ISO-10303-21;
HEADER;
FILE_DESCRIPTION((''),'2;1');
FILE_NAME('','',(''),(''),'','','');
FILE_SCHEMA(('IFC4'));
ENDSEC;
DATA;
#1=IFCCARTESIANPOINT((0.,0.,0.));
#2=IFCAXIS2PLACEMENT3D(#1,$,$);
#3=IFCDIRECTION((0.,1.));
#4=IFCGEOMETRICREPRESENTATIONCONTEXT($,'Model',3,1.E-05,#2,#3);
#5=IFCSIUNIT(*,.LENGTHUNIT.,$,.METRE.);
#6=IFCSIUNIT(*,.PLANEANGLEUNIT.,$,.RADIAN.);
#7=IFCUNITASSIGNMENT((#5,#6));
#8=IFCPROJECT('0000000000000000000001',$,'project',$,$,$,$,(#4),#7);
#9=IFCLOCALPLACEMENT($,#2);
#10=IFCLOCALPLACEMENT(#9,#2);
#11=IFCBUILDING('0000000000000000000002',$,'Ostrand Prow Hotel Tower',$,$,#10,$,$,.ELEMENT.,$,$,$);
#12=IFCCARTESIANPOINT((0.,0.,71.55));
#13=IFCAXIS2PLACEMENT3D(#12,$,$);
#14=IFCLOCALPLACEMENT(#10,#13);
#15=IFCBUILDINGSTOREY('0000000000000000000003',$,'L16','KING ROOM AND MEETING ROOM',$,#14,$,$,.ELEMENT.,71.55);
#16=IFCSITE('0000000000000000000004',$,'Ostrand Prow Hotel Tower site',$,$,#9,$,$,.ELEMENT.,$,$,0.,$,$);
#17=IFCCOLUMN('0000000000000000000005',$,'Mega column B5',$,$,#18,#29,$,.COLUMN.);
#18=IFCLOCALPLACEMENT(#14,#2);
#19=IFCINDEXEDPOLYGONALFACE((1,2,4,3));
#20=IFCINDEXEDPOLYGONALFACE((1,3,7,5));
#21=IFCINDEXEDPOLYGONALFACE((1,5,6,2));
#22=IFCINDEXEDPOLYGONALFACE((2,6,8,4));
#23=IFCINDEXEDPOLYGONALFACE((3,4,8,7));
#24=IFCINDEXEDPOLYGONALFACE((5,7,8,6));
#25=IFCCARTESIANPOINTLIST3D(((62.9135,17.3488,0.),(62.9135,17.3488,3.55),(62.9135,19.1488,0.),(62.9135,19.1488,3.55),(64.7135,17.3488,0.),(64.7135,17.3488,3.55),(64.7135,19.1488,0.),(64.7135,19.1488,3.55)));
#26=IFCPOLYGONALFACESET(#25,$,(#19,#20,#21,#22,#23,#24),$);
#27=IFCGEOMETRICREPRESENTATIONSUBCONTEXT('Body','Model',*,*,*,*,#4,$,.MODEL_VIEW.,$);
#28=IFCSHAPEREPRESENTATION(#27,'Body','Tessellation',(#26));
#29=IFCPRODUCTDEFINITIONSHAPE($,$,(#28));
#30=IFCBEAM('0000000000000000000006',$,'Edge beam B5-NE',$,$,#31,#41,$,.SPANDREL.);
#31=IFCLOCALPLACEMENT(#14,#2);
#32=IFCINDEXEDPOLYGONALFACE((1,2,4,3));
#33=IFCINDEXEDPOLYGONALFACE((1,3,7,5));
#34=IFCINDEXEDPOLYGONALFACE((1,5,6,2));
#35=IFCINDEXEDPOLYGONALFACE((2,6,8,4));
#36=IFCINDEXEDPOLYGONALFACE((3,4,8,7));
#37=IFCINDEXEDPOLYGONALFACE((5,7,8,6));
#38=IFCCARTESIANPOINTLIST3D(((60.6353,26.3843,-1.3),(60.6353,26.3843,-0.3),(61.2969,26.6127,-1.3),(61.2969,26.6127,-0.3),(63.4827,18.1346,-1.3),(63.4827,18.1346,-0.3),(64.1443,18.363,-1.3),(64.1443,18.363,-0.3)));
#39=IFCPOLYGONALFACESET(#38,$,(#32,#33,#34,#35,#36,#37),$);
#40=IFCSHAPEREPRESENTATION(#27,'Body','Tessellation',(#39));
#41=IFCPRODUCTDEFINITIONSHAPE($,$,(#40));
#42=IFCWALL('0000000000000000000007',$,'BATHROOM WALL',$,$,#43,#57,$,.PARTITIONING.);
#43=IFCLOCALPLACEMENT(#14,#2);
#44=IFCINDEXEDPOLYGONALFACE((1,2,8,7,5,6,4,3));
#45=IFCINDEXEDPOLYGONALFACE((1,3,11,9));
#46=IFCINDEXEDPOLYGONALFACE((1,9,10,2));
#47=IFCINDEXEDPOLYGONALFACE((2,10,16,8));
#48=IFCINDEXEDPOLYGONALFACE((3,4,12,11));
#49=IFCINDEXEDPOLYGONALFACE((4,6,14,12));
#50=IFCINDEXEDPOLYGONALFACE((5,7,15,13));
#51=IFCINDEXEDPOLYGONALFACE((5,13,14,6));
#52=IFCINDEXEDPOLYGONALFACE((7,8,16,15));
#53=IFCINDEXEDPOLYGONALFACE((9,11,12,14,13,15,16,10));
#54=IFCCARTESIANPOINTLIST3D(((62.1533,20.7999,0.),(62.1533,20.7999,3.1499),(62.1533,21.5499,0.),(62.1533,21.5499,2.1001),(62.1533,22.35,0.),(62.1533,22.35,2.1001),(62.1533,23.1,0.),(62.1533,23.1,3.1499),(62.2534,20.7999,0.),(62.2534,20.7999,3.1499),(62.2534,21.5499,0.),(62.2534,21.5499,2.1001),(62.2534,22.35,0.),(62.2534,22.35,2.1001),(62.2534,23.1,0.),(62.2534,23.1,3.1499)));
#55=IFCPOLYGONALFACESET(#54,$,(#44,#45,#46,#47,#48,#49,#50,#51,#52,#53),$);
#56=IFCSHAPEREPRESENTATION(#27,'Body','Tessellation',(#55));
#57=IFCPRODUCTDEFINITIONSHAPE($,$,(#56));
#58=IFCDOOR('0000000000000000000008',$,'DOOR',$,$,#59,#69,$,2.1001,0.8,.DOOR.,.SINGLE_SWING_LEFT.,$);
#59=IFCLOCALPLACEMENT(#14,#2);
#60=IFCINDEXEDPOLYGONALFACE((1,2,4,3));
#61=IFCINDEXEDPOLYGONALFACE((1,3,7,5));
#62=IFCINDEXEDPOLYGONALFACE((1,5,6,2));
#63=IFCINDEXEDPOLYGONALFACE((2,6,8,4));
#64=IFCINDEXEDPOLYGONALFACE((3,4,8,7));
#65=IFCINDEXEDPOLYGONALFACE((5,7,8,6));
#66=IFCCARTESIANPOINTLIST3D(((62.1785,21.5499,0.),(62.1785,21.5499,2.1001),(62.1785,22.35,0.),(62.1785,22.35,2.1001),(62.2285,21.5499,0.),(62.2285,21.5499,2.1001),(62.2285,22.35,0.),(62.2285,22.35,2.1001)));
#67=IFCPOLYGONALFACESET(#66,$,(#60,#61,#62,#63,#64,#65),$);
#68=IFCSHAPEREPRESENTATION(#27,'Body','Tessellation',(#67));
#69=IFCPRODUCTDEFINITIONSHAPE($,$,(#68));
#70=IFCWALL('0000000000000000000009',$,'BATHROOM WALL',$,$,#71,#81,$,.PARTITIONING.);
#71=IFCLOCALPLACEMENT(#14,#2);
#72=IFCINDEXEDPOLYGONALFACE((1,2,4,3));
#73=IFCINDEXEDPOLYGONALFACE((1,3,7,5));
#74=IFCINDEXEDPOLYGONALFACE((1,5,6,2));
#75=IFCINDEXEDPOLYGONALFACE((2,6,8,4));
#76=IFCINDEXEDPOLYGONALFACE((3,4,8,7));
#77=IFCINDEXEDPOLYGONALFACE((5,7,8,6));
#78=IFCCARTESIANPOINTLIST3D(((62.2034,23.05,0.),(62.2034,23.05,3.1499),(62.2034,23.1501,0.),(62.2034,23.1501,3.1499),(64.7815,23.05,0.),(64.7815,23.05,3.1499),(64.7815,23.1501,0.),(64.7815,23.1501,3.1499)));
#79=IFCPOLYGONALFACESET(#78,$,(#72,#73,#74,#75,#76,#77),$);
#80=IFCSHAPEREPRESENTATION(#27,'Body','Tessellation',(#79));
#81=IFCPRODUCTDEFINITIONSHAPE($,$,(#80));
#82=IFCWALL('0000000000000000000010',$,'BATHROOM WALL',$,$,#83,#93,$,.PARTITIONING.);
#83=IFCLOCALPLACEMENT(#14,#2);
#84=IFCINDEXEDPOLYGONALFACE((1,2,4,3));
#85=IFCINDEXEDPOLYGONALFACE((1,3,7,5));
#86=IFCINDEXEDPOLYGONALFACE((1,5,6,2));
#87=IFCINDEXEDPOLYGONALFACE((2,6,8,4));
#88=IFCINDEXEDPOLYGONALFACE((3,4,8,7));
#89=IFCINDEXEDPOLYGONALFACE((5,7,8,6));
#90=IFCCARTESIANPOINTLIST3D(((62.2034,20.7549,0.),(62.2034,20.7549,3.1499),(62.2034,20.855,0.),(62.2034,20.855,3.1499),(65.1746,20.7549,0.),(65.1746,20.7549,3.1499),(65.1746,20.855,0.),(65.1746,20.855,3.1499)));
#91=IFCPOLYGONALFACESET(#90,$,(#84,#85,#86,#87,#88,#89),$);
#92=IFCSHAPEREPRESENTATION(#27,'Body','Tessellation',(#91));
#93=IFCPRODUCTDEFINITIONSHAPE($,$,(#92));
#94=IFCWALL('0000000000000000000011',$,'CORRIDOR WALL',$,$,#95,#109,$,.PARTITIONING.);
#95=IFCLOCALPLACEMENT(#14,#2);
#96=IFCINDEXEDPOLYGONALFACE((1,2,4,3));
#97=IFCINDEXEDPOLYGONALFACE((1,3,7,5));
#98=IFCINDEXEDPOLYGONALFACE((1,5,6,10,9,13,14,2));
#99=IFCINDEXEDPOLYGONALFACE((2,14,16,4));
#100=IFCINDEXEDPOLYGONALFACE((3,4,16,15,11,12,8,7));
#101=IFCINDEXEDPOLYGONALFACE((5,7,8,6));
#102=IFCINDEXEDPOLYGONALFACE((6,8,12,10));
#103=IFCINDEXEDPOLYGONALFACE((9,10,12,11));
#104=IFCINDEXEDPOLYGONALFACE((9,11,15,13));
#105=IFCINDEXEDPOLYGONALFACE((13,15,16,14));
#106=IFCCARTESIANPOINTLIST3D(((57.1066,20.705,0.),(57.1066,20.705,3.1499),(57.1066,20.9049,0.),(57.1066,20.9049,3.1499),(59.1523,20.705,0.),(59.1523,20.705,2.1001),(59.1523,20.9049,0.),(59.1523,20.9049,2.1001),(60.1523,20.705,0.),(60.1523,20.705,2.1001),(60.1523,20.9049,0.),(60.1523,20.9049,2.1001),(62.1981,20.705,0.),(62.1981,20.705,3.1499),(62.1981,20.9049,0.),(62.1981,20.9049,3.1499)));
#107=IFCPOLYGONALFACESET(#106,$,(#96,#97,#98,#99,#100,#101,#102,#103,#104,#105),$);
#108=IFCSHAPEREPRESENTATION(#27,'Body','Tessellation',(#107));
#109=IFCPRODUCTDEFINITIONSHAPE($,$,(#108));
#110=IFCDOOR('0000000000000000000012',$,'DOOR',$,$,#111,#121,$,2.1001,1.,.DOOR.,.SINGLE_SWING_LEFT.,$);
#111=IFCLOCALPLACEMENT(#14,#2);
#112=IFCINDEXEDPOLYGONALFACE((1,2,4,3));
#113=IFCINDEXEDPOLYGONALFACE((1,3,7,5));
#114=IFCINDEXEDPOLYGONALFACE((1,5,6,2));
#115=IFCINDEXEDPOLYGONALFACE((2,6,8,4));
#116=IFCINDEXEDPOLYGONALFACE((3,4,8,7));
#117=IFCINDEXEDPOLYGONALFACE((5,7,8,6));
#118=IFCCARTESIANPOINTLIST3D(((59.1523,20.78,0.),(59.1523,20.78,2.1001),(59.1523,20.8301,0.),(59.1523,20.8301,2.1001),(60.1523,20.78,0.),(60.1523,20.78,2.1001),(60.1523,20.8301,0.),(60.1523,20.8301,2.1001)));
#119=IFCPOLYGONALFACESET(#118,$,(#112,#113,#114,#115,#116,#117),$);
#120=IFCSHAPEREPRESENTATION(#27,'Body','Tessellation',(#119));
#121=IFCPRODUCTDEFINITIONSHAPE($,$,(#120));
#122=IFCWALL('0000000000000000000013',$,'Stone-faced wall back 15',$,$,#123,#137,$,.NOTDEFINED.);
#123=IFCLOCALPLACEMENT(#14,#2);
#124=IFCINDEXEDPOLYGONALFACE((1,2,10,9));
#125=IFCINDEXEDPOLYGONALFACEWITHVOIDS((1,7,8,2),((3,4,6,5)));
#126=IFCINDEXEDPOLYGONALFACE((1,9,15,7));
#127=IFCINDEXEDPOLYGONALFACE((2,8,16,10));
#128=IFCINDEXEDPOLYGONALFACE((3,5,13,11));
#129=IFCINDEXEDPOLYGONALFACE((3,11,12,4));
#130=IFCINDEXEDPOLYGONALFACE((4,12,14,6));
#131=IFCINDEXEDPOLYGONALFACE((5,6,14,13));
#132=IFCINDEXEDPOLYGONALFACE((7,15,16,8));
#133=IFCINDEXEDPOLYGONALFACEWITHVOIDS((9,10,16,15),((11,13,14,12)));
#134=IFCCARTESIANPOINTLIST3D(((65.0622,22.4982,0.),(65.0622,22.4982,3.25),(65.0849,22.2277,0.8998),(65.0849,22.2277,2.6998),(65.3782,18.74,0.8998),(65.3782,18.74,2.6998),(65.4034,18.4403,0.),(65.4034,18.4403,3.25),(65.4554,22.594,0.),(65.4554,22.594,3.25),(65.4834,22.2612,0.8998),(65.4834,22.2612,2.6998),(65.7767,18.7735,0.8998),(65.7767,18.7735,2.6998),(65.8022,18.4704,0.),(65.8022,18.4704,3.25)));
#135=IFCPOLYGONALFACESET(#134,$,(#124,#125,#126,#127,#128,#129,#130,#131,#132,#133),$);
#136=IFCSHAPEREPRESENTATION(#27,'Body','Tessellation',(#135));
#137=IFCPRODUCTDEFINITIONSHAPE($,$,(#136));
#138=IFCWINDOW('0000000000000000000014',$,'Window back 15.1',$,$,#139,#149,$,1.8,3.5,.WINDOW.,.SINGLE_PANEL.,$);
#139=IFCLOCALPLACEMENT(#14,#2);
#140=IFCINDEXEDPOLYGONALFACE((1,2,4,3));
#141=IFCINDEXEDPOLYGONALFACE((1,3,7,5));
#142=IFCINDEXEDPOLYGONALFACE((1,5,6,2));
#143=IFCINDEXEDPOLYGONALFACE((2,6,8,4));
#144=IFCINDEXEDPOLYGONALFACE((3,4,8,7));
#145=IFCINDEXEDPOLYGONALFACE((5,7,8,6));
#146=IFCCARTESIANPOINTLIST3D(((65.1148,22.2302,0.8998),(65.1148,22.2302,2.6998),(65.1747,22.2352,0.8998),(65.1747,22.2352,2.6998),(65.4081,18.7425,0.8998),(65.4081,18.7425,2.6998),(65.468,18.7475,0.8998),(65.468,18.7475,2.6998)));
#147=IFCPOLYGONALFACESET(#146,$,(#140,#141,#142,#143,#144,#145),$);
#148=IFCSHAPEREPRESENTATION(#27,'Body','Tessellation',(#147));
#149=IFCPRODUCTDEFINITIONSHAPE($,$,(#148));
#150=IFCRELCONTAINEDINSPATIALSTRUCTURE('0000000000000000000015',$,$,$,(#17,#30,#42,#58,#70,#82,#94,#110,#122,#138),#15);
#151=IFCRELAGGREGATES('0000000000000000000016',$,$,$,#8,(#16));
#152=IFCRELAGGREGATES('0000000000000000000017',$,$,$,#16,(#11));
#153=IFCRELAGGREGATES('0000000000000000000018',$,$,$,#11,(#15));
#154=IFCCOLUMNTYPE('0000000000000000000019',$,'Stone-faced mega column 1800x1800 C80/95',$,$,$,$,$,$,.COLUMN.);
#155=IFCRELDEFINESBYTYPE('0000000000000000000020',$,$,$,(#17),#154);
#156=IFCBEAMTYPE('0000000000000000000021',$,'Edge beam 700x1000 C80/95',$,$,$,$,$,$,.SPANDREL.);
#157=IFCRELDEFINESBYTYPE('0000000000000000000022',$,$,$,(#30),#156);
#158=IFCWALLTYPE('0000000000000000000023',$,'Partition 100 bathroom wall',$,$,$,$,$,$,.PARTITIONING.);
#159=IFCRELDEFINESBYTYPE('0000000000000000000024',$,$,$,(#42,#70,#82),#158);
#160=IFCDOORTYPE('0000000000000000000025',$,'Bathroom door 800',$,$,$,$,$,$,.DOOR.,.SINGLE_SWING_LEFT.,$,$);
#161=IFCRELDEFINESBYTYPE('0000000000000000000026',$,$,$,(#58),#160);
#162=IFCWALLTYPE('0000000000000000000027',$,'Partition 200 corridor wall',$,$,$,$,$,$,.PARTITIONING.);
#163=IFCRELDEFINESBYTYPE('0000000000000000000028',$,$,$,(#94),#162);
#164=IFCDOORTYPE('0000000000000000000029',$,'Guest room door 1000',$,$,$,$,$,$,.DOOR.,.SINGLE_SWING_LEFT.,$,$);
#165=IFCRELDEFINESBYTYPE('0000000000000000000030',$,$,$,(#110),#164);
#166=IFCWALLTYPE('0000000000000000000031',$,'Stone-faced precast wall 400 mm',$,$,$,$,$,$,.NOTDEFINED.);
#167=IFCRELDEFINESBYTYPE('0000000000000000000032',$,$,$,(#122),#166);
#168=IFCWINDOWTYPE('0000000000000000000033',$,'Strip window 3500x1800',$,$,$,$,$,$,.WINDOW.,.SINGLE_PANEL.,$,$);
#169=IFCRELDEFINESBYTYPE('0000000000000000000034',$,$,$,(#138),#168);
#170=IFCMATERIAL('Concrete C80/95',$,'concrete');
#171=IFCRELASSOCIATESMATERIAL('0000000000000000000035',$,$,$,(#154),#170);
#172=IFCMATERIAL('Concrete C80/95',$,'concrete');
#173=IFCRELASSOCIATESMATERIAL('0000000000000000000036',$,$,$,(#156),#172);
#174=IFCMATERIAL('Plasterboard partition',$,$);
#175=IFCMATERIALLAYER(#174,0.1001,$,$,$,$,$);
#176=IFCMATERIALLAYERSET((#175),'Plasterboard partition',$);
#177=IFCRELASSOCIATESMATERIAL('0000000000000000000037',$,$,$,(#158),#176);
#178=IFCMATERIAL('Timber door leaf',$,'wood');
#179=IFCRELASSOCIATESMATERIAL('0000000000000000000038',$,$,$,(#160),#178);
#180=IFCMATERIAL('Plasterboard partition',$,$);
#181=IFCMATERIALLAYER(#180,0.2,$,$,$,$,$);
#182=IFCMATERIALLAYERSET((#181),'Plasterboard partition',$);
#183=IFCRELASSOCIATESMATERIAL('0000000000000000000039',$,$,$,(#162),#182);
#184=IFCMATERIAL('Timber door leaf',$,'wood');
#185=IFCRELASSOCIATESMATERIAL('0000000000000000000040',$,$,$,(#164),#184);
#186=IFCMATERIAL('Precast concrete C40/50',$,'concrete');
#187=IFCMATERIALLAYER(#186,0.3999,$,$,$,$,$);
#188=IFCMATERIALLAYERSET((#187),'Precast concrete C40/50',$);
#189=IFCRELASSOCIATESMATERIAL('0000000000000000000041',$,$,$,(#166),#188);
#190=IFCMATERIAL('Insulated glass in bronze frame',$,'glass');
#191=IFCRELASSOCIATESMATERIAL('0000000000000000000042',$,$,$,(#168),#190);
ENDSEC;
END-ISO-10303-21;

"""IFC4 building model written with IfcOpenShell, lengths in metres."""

from ifc_helpers import new_model, si_unit, direction, frame, frame_2d, origin, origin_2d, place, context, subcontext, project, spatial, polyline, rectangle, outline, extrude, material, layer, layer_set, material_profile, profile_set, type_object, element, fill, save


model = new_model("IFC4")

# Units and contexts
model_context = context("Model", 3, precision=1e-05, world=origin(), true_north=direction((0.0, 1.0)))
body_context = subcontext(model_context, "Body", "Model", "MODEL_VIEW")
ifc_project = project(units=[si_unit("LENGTHUNIT", "METRE"), si_unit("PLANEANGLEUNIT", "RADIAN")], contexts=[model_context])

# Site, building, storey
site_placement = place(None, origin())
site = spatial("IfcSite", under=ifc_project, at=site_placement, Name="Ostrand Prow Hotel Tower site", CompositionType="ELEMENT", RefElevation=0.0)
building_placement = place(site_placement, origin())
building = spatial("IfcBuilding", under=site, at=building_placement, Name="Ostrand Prow Hotel Tower", CompositionType="ELEMENT")
storey_placement = place(building_placement, frame((0.0, 0.0, 71.55)))
storey = spatial("IfcBuildingStorey", under=building, at=storey_placement, Name="L16", Description="KING ROOM AND MEETING ROOM", CompositionType="ELEMENT", Elevation=71.55)

# Column
ifc_material_1 = material(Name="Concrete C80/95", Category="concrete")
ifc_material_profile_1 = material_profile(ifc_material_1, rectangle(XDim=1.8, YDim=1.8, at=origin_2d()), Name="RC 1800x1800")
ifc_profile_set_1 = profile_set([ifc_material_profile_1], Name="Concrete C80/95")
column_type = type_object("IfcColumnType", Name="Stone-faced mega column 1800x1800 C80/95", PredefinedType="COLUMN", material=ifc_profile_set_1)
column_placement = place(storey_placement, frame((63.8135, 18.2488, 0.0), z_axis=(0.0, 0.0, 1.0), x_axis=(1.0, 0.0, 0.0)))
element("IfcColumn", 1, at=column_placement, inside=storey, type_object=column_type, Name="Mega column B5", PredefinedType="COLUMN", context=body_context, shape_type="SweptSolid", body=[
    extrude(rectangle(XDim=1.8, YDim=1.8, at=origin_2d()), origin(), (0.0, 0.0, 1.0), 3.55),
])

# Beam
ifc_material_2 = material(Name="Concrete C80/95", Category="concrete")
ifc_material_profile_2 = material_profile(ifc_material_2, rectangle(XDim=0.7, YDim=1.0, at=origin_2d()), Name="RC 700x1000")
ifc_profile_set_2 = profile_set([ifc_material_profile_2], Name="Concrete C80/95")
beam_type = type_object("IfcBeamType", Name="Edge beam 700x1000 C80/95", PredefinedType="SPANDREL", material=ifc_profile_set_2)
beam_placement = place(storey_placement, frame((63.8135, 18.2488, -0.8), z_axis=(-0.326264, 0.945279, 0.0), x_axis=(-0.945279, -0.326264, 0.0)))
element("IfcBeam", 2, at=beam_placement, inside=storey, type_object=beam_type, Name="Edge beam B5-NE", PredefinedType="SPANDREL", context=body_context, shape_type="SweptSolid", body=[
    extrude(rectangle(XDim=0.7, YDim=1.0, at=origin_2d()), origin(), (0.0, 0.0, 1.0), 8.7273),
])

# Wall, opening, door
ifc_material_3 = material(Name="Plasterboard partition")
ifc_layer_1 = layer(ifc_material_3, 0.1001)
ifc_layer_set_1 = layer_set([ifc_layer_1], Name="Plasterboard partition")
wall_type_1 = type_object("IfcWallType", Name="Partition 100 bathroom wall", PredefinedType="PARTITIONING", material=ifc_layer_set_1)
wall_1_placement = place(storey_placement, frame((62.2034, 20.8, 0.0), z_axis=(0.0, 0.0, 1.0), x_axis=(0.0, 1.0, 0.0)))
wall_1 = element("IfcWall", 3, at=wall_1_placement, inside=storey, type_object=wall_type_1, Name="BATHROOM WALL", PredefinedType="PARTITIONING", context=body_context, shape_type="SweptSolid", body=[
    extrude(rectangle(XDim=2.3, YDim=0.1001, at=frame_2d((1.1499, 0.0))), origin(), (0.0, 0.0, 1.0), 3.1499),
])
opening_1_placement = place(wall_1_placement, frame((0.75, 0.0, 0.0)))
opening_1 = element("IfcOpeningElement", 4, at=opening_1_placement, cuts=wall_1, PredefinedType="OPENING", context=body_context, shape_type="SweptSolid", body=[
    extrude(rectangle(XDim=0.8, YDim=2.1001, at=frame_2d((0.3999, 1.05))), frame((0.0, 0.0601, 0.0), z_axis=(0.0, -1.0, 0.0), x_axis=(1.0, 0.0, 0.0)), (0.0, 0.0, 1.0), 0.1201),
])
ifc_material_4 = material(Name="Timber door leaf", Category="wood")
door_type_1 = type_object("IfcDoorType", Name="Bathroom door 800", OperationType="SINGLE_SWING_LEFT", PredefinedType="DOOR", material=ifc_material_4)
door_1_placement = place(opening_1_placement, origin())
door_1 = element("IfcDoor", 5, at=door_1_placement, inside=storey, type_object=door_type_1, Name="DOOR", OperationType="SINGLE_SWING_LEFT", OverallHeight=2.1001, OverallWidth=0.8, PredefinedType="DOOR", context=body_context, shape_type="SweptSolid", body=[
    extrude(rectangle(XDim=0.8, YDim=2.1001, at=frame_2d((0.3999, 1.05))), frame((0.0, 0.0249, 0.0), z_axis=(0.0, -1.0, 0.0), x_axis=(1.0, 0.0, 0.0)), (0.0, 0.0, 1.0), 0.05),
])
fill(opening_1, door_1)

# Walls
wall_2_placement = place(storey_placement, frame((62.2034, 23.1001, 0.0), z_axis=(0.0, 0.0, 1.0), x_axis=(1.0, 0.0, 0.0)))
element("IfcWall", 6, at=wall_2_placement, inside=storey, type_object=wall_type_1, Name="BATHROOM WALL", PredefinedType="PARTITIONING", context=body_context, shape_type="SweptSolid", body=[
    extrude(rectangle(XDim=2.5781, YDim=0.1001, at=frame_2d((1.2891, 0.0))), origin(), (0.0, 0.0, 1.0), 3.1499),
])
wall_3_placement = place(storey_placement, frame((65.1746, 20.8049, 0.0), z_axis=(0.0, 0.0, 1.0), x_axis=(-1.0, 0.0, 0.0)))
element("IfcWall", 7, at=wall_3_placement, inside=storey, type_object=wall_type_1, Name="BATHROOM WALL", PredefinedType="PARTITIONING", context=body_context, shape_type="SweptSolid", body=[
    extrude(rectangle(XDim=2.9712, YDim=0.1001, at=frame_2d((1.4856, 0.0))), origin(), (0.0, 0.0, 1.0), 3.1499),
])

# Wall, opening, door
ifc_material_5 = material(Name="Plasterboard partition")
ifc_layer_2 = layer(ifc_material_5, 0.2)
ifc_layer_set_2 = layer_set([ifc_layer_2], Name="Plasterboard partition")
wall_type_2 = type_object("IfcWallType", Name="Partition 200 corridor wall", PredefinedType="PARTITIONING", material=ifc_layer_set_2)
wall_4_placement = place(storey_placement, frame((62.1982, 20.8049, 0.0), z_axis=(0.0, 0.0, 1.0), x_axis=(-1.0, 0.0, 0.0)))
wall_4 = element("IfcWall", 8, at=wall_4_placement, inside=storey, type_object=wall_type_2, Name="CORRIDOR WALL", PredefinedType="PARTITIONING", context=body_context, shape_type="SweptSolid", body=[
    extrude(rectangle(XDim=5.0916, YDim=0.2, at=frame_2d((2.5459, 0.0))), origin(), (0.0, 0.0, 1.0), 3.1499),
])
opening_2_placement = place(wall_4_placement, frame((2.0459, 0.0, 0.0)))
opening_2 = element("IfcOpeningElement", 9, at=opening_2_placement, cuts=wall_4, PredefinedType="OPENING", context=body_context, shape_type="SweptSolid", body=[
    extrude(rectangle(XDim=1.0, YDim=2.1001, at=frame_2d((0.5, 1.05))), frame((0.0, 0.1099, 0.0), z_axis=(0.0, -1.0, 0.0), x_axis=(1.0, 0.0, 0.0)), (0.0, 0.0, 1.0), 0.22),
])
ifc_material_6 = material(Name="Timber door leaf", Category="wood")
door_type_2 = type_object("IfcDoorType", Name="Guest room door 1000", OperationType="SINGLE_SWING_LEFT", PredefinedType="DOOR", material=ifc_material_6)
door_2_placement = place(opening_2_placement, origin())
door_2 = element("IfcDoor", 10, at=door_2_placement, inside=storey, type_object=door_type_2, Name="DOOR", OperationType="SINGLE_SWING_LEFT", OverallHeight=2.1001, OverallWidth=1.0, PredefinedType="DOOR", context=body_context, shape_type="SweptSolid", body=[
    extrude(rectangle(XDim=1.0, YDim=2.1001, at=frame_2d((0.5, 1.05))), frame((0.0, 0.0249, 0.0), z_axis=(0.0, -1.0, 0.0), x_axis=(1.0, 0.0, 0.0)), (0.0, 0.0, 1.0), 0.05),
])
fill(opening_2, door_2)

# Wall, opening, window
ifc_material_7 = material(Name="Precast concrete C40/50", Category="concrete")
ifc_layer_3 = layer(ifc_material_7, 0.3999)
ifc_layer_set_3 = layer_set([ifc_layer_3], Name="Precast concrete C40/50")
wall_type_3 = type_object("IfcWallType", Name="Stone-faced precast wall 400 mm", PredefinedType="NOTDEFINED", material=ifc_layer_set_3)
wall_5_placement = place(storey_placement, frame((65.6028, 18.4553, 0.0), z_axis=(0.0, 0.0, 1.0), x_axis=(-0.083794, 0.996483, 0.0)))
wall_5 = element("IfcWall", 11, at=wall_5_placement, inside=storey, type_object=wall_type_3, Name="Stone-faced wall back 15", PredefinedType="NOTDEFINED", context=body_context, shape_type="SweptSolid", body=[
    extrude(outline(polyline([(-0.0017, -0.2), (4.1365, -0.2), (4.074, 0.2), (0.0017, 0.2), (-0.0017, -0.2)])), origin(), (0.0, 0.0, 1.0), 3.25),
])
opening_3_placement = place(wall_5_placement, frame((0.3025, 0.0, 0.8999)))
opening_3 = element("IfcOpeningElement", 12, at=opening_3_placement, cuts=wall_5, PredefinedType="OPENING", context=body_context, shape_type="SweptSolid", body=[
    extrude(rectangle(XDim=3.5, YDim=1.8, at=frame_2d((1.75, 0.8999))), frame((0.0, 0.21, 0.0), z_axis=(0.0, -1.0, 0.0), x_axis=(1.0, 0.0, 0.0)), (0.0, 0.0, 1.0), 0.4199),
])
ifc_material_8 = material(Name="Insulated glass in bronze frame", Category="glass")
window_type_1 = type_object("IfcWindowType", Name="Strip window 3500x1800", PartitioningType="SINGLE_PANEL", PredefinedType="WINDOW", material=ifc_material_8)
window_1_placement = place(opening_3_placement, origin())
window_1 = element("IfcWindow", 13, at=window_1_placement, inside=storey, type_object=window_type_1, Name="Window back 15.1", OverallHeight=1.8, OverallWidth=3.5, PartitioningType="SINGLE_PANEL", PredefinedType="WINDOW", context=body_context, shape_type="SweptSolid", body=[
    extrude(rectangle(XDim=3.5, YDim=1.8, at=frame_2d((1.75, 0.8999))), frame((0.0, 0.1699, 0.0), z_axis=(0.0, -1.0, 0.0), x_axis=(1.0, 0.0, 0.0)), (0.0, 0.0, 1.0), 0.0601),
])
fill(opening_3, window_1)

save(model, "model.ifc")
